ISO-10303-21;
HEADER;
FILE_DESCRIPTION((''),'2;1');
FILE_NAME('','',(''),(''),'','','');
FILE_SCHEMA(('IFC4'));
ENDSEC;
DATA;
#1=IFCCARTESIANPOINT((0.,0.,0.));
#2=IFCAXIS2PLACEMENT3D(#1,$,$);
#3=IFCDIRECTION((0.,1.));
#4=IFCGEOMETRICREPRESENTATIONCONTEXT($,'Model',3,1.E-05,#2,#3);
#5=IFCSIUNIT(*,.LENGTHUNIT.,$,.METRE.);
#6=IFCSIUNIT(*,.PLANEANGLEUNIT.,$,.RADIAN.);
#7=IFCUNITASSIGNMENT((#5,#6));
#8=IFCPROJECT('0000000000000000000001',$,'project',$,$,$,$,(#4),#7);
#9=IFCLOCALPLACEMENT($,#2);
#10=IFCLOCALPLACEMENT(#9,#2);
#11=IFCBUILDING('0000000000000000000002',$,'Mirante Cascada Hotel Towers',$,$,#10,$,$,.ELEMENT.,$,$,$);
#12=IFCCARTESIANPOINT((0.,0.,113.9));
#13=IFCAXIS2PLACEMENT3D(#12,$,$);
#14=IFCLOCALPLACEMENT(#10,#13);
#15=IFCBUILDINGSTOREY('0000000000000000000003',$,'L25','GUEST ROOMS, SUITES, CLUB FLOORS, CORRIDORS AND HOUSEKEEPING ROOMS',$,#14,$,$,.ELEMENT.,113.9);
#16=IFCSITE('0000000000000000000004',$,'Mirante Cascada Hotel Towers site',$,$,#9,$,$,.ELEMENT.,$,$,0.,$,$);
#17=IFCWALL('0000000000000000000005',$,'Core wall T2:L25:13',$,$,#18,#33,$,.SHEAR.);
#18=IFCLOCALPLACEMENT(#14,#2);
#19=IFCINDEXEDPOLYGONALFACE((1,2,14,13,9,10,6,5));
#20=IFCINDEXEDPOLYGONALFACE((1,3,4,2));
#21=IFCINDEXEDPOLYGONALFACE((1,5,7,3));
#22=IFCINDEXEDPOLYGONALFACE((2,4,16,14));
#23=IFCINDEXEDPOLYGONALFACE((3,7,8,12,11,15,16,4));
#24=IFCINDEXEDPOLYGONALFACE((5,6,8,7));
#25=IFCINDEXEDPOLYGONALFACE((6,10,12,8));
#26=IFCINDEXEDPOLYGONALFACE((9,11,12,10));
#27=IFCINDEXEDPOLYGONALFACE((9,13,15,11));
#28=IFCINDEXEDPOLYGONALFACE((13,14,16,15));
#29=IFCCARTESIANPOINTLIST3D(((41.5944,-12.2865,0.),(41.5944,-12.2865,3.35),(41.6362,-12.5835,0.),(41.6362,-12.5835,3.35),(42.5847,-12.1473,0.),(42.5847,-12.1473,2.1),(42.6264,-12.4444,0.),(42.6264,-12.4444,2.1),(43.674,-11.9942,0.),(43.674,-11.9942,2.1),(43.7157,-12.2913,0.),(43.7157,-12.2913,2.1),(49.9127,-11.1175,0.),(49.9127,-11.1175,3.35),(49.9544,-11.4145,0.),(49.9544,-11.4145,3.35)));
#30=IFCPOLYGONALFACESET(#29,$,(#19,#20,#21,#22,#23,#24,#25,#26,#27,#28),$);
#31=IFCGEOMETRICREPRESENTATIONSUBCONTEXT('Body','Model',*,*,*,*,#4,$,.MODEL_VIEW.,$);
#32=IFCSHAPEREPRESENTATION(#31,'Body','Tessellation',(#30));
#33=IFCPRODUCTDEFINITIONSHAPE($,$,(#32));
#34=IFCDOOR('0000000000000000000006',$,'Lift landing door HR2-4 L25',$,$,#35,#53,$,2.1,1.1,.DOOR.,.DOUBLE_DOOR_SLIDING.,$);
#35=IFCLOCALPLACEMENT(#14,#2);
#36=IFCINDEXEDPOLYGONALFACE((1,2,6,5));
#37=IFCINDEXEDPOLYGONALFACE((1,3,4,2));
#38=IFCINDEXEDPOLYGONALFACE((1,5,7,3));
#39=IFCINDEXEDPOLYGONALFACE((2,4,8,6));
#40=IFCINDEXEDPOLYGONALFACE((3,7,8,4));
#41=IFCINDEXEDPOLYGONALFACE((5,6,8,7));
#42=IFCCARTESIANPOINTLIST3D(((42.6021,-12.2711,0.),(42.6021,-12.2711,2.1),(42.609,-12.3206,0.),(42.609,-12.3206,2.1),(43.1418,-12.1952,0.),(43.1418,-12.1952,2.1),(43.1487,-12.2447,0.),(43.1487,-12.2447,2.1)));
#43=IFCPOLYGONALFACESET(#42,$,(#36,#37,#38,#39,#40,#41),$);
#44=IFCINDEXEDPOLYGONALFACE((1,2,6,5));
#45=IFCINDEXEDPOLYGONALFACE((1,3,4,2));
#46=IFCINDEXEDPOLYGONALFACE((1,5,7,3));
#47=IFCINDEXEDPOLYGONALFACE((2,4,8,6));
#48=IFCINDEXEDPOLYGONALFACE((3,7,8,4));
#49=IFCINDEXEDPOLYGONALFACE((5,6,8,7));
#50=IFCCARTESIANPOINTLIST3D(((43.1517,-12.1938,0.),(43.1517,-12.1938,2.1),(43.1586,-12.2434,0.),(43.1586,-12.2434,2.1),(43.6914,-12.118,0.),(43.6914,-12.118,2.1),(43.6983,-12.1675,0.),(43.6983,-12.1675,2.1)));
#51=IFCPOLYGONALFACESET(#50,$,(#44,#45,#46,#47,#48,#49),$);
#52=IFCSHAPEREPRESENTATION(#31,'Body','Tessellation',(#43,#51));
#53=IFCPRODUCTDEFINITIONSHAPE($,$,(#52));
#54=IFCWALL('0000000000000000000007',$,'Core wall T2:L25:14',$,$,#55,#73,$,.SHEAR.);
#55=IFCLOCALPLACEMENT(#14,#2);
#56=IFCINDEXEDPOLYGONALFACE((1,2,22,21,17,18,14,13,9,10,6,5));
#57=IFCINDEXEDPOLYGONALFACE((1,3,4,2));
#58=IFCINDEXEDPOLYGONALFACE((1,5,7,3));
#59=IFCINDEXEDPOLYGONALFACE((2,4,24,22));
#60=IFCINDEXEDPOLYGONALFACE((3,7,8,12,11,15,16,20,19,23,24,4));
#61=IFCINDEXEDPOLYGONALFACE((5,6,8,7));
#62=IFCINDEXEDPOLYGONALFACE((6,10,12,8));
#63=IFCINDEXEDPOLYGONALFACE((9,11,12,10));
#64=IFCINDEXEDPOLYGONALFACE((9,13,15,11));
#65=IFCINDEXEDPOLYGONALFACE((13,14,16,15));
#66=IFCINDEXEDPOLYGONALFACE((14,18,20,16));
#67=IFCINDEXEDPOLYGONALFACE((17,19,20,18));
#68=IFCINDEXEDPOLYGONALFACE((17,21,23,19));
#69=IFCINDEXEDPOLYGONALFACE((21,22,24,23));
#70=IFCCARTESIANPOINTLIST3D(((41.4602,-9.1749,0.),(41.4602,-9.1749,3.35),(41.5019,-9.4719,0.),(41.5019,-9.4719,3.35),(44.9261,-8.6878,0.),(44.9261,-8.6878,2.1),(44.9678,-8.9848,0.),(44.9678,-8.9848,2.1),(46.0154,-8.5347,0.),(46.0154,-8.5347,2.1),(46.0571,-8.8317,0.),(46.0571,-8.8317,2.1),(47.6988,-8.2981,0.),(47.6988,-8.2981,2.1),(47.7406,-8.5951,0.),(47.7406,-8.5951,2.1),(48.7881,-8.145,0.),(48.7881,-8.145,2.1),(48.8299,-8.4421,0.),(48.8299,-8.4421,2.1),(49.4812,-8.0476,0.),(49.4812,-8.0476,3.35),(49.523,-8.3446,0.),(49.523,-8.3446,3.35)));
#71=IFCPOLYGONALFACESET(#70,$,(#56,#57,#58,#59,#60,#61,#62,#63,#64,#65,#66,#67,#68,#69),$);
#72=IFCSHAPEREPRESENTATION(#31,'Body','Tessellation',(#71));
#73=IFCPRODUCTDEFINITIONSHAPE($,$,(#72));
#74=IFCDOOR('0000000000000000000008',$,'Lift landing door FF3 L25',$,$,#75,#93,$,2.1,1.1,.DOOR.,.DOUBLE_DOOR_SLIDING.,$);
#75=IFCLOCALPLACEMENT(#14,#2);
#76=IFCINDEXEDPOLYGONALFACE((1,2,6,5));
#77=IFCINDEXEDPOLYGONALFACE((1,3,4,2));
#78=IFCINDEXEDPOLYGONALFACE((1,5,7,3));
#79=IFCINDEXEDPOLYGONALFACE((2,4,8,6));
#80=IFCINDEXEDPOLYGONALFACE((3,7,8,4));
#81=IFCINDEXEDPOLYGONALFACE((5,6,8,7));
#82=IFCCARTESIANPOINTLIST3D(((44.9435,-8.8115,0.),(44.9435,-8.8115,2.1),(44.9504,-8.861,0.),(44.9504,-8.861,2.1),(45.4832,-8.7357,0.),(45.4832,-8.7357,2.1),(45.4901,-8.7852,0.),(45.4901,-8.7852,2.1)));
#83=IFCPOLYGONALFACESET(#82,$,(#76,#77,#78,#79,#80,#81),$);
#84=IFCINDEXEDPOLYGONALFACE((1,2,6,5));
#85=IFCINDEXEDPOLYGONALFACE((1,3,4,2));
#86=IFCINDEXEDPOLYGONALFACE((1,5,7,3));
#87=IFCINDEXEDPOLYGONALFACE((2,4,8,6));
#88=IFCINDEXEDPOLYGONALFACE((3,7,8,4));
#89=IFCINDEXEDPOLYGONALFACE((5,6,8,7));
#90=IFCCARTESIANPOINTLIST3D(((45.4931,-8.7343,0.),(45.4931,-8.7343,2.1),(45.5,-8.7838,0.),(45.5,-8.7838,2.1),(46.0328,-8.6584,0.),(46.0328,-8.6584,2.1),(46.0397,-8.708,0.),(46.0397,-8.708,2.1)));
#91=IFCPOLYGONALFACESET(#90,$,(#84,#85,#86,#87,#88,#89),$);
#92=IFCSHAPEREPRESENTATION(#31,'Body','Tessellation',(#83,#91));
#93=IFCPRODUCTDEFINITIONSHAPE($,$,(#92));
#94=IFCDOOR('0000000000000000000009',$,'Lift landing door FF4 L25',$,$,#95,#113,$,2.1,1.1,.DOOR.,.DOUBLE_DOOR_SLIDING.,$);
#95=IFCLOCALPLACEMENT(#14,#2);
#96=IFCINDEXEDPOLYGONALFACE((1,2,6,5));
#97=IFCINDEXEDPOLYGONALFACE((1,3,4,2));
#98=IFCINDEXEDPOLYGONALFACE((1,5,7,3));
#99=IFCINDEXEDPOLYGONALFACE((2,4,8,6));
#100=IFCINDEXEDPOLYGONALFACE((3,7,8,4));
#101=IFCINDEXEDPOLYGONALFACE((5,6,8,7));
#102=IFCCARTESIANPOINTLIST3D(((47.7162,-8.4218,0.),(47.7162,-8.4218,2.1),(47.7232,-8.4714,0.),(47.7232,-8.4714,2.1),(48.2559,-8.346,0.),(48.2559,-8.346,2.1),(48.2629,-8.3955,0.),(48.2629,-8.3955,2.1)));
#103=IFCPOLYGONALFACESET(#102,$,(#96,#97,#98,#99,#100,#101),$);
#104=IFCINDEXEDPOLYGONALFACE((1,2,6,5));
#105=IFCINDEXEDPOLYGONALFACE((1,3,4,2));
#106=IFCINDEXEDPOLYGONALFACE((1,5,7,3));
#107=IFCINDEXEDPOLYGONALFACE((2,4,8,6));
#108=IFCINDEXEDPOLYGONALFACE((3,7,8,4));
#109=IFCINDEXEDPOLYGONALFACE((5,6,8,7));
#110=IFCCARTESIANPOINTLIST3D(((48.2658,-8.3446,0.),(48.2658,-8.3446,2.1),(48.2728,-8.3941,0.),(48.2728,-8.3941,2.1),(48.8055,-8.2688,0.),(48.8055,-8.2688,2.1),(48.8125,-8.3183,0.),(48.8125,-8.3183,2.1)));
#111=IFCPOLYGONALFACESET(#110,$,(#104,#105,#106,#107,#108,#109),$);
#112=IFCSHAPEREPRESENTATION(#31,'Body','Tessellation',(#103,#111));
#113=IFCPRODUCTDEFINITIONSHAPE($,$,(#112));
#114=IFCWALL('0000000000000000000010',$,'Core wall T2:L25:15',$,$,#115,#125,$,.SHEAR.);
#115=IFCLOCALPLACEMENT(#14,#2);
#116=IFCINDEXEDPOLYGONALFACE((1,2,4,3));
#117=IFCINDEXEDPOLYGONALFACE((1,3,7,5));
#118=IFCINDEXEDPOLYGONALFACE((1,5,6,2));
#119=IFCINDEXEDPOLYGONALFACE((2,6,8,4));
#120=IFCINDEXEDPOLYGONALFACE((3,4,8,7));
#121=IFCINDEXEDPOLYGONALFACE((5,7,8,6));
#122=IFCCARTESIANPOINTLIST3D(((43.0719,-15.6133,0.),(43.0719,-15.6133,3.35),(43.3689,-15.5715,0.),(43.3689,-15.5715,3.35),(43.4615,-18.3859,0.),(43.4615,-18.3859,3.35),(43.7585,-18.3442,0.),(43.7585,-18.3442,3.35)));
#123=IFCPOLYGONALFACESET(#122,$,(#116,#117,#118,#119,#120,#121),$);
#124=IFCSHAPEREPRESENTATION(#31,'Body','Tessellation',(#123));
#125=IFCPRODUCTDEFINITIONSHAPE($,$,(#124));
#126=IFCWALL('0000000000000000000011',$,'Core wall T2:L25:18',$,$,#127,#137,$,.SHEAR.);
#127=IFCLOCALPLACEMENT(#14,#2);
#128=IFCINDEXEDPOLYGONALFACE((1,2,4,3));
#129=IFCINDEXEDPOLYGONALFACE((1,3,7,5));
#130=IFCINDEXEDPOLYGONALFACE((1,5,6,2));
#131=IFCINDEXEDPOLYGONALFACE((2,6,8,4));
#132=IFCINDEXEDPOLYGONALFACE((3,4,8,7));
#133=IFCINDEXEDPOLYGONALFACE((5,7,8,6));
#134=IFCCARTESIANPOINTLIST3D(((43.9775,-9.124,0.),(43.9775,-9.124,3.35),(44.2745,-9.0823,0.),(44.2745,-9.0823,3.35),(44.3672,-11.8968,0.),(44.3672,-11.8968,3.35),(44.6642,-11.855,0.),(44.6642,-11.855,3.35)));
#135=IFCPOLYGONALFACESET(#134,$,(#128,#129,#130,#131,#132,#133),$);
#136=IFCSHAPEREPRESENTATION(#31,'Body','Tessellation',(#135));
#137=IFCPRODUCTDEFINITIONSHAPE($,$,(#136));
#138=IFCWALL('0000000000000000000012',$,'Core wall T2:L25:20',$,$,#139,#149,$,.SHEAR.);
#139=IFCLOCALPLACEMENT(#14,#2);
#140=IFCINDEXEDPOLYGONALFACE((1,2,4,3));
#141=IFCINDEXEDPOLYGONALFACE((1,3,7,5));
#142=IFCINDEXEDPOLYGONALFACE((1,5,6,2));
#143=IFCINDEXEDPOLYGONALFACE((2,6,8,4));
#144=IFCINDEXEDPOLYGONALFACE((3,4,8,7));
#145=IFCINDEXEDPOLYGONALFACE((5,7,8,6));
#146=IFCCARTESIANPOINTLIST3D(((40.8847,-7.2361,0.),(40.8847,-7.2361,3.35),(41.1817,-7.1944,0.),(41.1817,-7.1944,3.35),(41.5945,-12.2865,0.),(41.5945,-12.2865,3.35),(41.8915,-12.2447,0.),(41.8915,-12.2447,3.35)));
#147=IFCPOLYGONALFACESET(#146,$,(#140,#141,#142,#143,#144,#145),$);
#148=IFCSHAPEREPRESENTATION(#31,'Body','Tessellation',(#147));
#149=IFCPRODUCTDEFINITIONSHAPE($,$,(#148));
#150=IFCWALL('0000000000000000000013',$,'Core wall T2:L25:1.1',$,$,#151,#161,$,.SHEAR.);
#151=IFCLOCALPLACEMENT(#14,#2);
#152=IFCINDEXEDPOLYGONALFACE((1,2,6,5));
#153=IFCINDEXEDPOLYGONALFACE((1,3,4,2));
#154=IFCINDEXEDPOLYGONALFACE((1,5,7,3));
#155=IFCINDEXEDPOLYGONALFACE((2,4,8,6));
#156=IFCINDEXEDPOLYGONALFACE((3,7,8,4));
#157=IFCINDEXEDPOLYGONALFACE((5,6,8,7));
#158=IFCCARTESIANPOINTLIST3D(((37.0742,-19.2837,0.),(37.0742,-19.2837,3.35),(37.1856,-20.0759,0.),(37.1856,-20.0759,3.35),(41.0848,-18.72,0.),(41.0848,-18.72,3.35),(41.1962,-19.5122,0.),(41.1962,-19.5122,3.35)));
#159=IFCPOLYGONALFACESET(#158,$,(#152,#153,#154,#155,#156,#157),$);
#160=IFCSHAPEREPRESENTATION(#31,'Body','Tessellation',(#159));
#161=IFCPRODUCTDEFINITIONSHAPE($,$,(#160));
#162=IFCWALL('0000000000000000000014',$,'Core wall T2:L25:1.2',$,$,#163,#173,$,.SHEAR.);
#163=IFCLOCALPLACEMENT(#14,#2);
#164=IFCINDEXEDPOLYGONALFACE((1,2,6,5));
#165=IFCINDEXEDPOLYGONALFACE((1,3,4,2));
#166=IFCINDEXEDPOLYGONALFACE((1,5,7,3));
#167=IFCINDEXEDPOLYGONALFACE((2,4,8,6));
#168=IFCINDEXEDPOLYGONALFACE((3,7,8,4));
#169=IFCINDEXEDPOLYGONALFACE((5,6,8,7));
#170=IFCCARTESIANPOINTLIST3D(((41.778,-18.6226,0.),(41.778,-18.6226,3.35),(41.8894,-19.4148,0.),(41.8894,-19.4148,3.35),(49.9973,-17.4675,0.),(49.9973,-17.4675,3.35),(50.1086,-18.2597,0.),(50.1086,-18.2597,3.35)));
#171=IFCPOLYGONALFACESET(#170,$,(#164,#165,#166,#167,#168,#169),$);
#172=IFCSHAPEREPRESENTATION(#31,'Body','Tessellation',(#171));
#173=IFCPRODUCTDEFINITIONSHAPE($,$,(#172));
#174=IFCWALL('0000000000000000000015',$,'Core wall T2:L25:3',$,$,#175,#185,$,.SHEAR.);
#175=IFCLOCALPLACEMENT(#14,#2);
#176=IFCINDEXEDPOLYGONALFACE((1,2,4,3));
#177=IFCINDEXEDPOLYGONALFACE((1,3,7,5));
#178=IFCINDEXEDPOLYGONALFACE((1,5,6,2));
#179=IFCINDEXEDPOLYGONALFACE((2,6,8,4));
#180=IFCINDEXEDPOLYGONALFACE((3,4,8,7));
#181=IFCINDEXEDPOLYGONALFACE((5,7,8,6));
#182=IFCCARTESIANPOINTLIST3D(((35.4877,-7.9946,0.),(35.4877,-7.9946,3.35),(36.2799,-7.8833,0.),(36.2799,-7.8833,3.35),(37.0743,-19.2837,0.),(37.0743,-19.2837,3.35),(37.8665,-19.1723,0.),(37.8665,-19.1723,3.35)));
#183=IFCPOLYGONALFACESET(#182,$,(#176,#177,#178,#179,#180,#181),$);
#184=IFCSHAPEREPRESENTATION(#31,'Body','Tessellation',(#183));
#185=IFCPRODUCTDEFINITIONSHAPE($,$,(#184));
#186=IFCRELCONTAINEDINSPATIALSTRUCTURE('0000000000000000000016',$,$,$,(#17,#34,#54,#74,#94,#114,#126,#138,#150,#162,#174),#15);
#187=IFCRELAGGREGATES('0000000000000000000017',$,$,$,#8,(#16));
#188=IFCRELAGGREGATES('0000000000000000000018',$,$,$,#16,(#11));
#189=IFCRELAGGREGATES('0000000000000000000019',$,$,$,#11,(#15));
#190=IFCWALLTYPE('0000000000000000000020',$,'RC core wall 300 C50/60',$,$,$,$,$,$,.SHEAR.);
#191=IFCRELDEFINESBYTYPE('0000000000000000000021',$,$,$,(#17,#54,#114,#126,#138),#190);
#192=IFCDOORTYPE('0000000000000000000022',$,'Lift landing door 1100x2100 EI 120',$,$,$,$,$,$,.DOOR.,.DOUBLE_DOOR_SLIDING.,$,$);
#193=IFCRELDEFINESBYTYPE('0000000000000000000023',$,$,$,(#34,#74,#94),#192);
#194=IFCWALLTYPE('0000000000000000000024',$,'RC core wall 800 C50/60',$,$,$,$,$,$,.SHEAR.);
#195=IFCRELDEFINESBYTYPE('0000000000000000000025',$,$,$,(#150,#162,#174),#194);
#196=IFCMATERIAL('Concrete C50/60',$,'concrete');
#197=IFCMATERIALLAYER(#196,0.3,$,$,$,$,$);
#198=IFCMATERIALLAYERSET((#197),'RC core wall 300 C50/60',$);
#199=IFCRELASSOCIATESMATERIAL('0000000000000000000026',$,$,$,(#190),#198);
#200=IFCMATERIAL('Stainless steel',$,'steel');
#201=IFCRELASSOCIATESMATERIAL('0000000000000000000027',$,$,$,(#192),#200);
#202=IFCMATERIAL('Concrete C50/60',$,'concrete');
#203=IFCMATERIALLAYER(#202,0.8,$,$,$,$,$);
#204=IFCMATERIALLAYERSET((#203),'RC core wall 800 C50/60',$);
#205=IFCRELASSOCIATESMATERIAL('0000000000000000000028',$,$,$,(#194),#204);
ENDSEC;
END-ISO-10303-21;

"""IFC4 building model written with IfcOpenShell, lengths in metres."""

from ifc_helpers import new_model, si_unit, direction, frame, frame_2d, origin, place, context, subcontext, project, spatial, rectangle, extrude, material, layer, layer_set, type_object, element, fill, save


model = new_model("IFC4")

# Units and contexts
model_context = context("Model", 3, precision=1e-05, world=origin(), true_north=direction((0.0, 1.0)))
body_context = subcontext(model_context, "Body", "Model", "MODEL_VIEW")
ifc_project = project(units=[si_unit("LENGTHUNIT", "METRE"), si_unit("PLANEANGLEUNIT", "RADIAN")], contexts=[model_context])

# Site, building, storey
site_placement = place(None, origin())
site = spatial("IfcSite", under=ifc_project, at=site_placement, Name="Mirante Cascada Hotel Towers site", CompositionType="ELEMENT", RefElevation=0.0)
building_placement = place(site_placement, origin())
building = spatial("IfcBuilding", under=site, at=building_placement, Name="Mirante Cascada Hotel Towers", CompositionType="ELEMENT")
storey_placement = place(building_placement, frame((0.0, 0.0, 113.9)))
storey = spatial("IfcBuildingStorey", under=building, at=storey_placement, Name="L25", Description="GUEST ROOMS, SUITES, CLUB FLOORS, CORRIDORS AND HOUSEKEEPING ROOMS", CompositionType="ELEMENT", Elevation=113.9)

# Shared definitions
ifc_material_1 = material(Name="Concrete C50/60", Category="concrete")
ifc_layer_1 = layer(ifc_material_1, 0.3)
ifc_layer_set_1 = layer_set([ifc_layer_1], Name="RC core wall 300 C50/60")
wall_type_1 = type_object("IfcWallType", Name="RC core wall 300 C50/60", PredefinedType="SHEAR", material=ifc_layer_set_1)

# Shared definitions
ifc_material_2 = material(Name="Stainless steel", Category="steel")
door_type_1 = type_object("IfcDoorType", Name="Lift landing door 1100x2100 EI 120", OperationType="DOUBLE_DOOR_SLIDING", PredefinedType="DOOR", material=ifc_material_2)

# Wall, opening, door
wall_1_placement = place(storey_placement, frame((41.6153, -12.435, 0.0), z_axis=(0.0, 0.0, 1.0), x_axis=(0.990269, 0.139166, 0.0)))
wall_1 = element("IfcWall", 1, at=wall_1_placement, inside=storey, type_object=wall_type_1, Name="Core wall T2:L25:13", PredefinedType="SHEAR", context=body_context, shape_type="SweptSolid", body=[
    extrude(rectangle(XDim=8.4, YDim=0.3, at=frame_2d((4.2, 0.0))), origin(), (0.0, 0.0, 1.0), 3.35),
])
opening_1_placement = place(wall_1_placement, frame((1.0, 0.0, 0.0)))
opening_1 = element("IfcOpeningElement", 2, at=opening_1_placement, cuts=wall_1, PredefinedType="OPENING", context=body_context, shape_type="SweptSolid", body=[
    extrude(rectangle(XDim=1.1, YDim=2.1, at=frame_2d((0.55, 1.05))), frame((0.0, 0.15, 0.0), z_axis=(0.0, -1.0, 0.0), x_axis=(1.0, 0.0, 0.0)), (0.0, 0.0, 1.0), 0.3),
])
door_1_placement = place(opening_1_placement, origin())
door_1 = element("IfcDoor", 3, at=door_1_placement, inside=storey, type_object=door_type_1, Name="Lift landing door HR2-4 L25", OperationType="DOUBLE_DOOR_SLIDING", OverallHeight=2.1, OverallWidth=1.1, PredefinedType="DOOR", context=body_context, shape_type="SweptSolid", body=[
    extrude(rectangle(XDim=0.545, YDim=2.1, at=frame_2d((0.2725, 1.05))), frame((0.0, 0.025, 0.0), z_axis=(0.0, -1.0, 0.0), x_axis=(1.0, 0.0, 0.0)), (0.0, 0.0, 1.0), 0.05),
    extrude(rectangle(XDim=0.545, YDim=2.1, at=frame_2d((0.8275, 1.05))), frame((0.0, 0.025, 0.0), z_axis=(0.0, -1.0, 0.0), x_axis=(1.0, 0.0, 0.0)), (0.0, 0.0, 1.0), 0.05),
])
fill(opening_1, door_1)

# Wall, openings, doors
wall_2_placement = place(storey_placement, frame((41.481, -9.3234, 0.0), z_axis=(0.0, 0.0, 1.0), x_axis=(0.990268, 0.139174, 0.0)))
wall_2 = element("IfcWall", 4, at=wall_2_placement, inside=storey, type_object=wall_type_1, Name="Core wall T2:L25:14", PredefinedType="SHEAR", context=body_context, shape_type="SweptSolid", body=[
    extrude(rectangle(XDim=8.0999, YDim=0.3, at=frame_2d((4.05, 0.0))), origin(), (0.0, 0.0, 1.0), 3.35),
])
opening_2_placement = place(wall_2_placement, frame((3.5, 0.0, 0.0)))
opening_2 = element("IfcOpeningElement", 5, at=opening_2_placement, cuts=wall_2, PredefinedType="OPENING", context=body_context, shape_type="SweptSolid", body=[
    extrude(rectangle(XDim=1.1, YDim=2.1, at=frame_2d((0.55, 1.05))), frame((0.0, 0.15, 0.0), z_axis=(0.0, -1.0, 0.0), x_axis=(1.0, 0.0, 0.0)), (0.0, 0.0, 1.0), 0.3),
])
opening_3_placement = place(wall_2_placement, frame((6.3, 0.0, 0.0)))
opening_3 = element("IfcOpeningElement", 6, at=opening_3_placement, cuts=wall_2, PredefinedType="OPENING", context=body_context, shape_type="SweptSolid", body=[
    extrude(rectangle(XDim=1.1, YDim=2.1, at=frame_2d((0.55, 1.05))), frame((0.0, 0.15, 0.0), z_axis=(0.0, -1.0, 0.0), x_axis=(1.0, 0.0, 0.0)), (0.0, 0.0, 1.0), 0.3),
])
door_2_placement = place(opening_2_placement, origin())
door_2 = element("IfcDoor", 7, at=door_2_placement, inside=storey, type_object=door_type_1, Name="Lift landing door FF3 L25", OperationType="DOUBLE_DOOR_SLIDING", OverallHeight=2.1, OverallWidth=1.1, PredefinedType="DOOR", context=body_context, shape_type="SweptSolid", body=[
    extrude(rectangle(XDim=0.545, YDim=2.1, at=frame_2d((0.2725, 1.05))), frame((0.0, 0.025, 0.0), z_axis=(0.0, -1.0, 0.0), x_axis=(1.0, 0.0, 0.0)), (0.0, 0.0, 1.0), 0.05),
    extrude(rectangle(XDim=0.545, YDim=2.1, at=frame_2d((0.8275, 1.05))), frame((0.0, 0.025, 0.0), z_axis=(0.0, -1.0, 0.0), x_axis=(1.0, 0.0, 0.0)), (0.0, 0.0, 1.0), 0.05),
])
fill(opening_2, door_2)
door_3_placement = place(opening_3_placement, origin())
door_3 = element("IfcDoor", 8, at=door_3_placement, inside=storey, type_object=door_type_1, Name="Lift landing door FF4 L25", OperationType="DOUBLE_DOOR_SLIDING", OverallHeight=2.1, OverallWidth=1.1, PredefinedType="DOOR", context=body_context, shape_type="SweptSolid", body=[
    extrude(rectangle(XDim=0.545, YDim=2.1, at=frame_2d((0.2725, 1.05))), frame((0.0, 0.025, 0.0), z_axis=(0.0, -1.0, 0.0), x_axis=(1.0, 0.0, 0.0)), (0.0, 0.0, 1.0), 0.05),
    extrude(rectangle(XDim=0.545, YDim=2.1, at=frame_2d((0.8275, 1.05))), frame((0.0, 0.025, 0.0), z_axis=(0.0, -1.0, 0.0), x_axis=(1.0, 0.0, 0.0)), (0.0, 0.0, 1.0), 0.05),
])
fill(opening_3, door_3)

# Walls
wall_3_placement = place(storey_placement, frame((43.61, -18.3651, 0.0), z_axis=(0.0, 0.0, 1.0), x_axis=(-0.139146, 0.990272, 0.0)))
element("IfcWall", 9, at=wall_3_placement, inside=storey, type_object=wall_type_1, Name="Core wall T2:L25:15", PredefinedType="SHEAR", context=body_context, shape_type="SweptSolid", body=[
    extrude(rectangle(XDim=2.7999, YDim=0.3, at=frame_2d((1.4, 0.0))), origin(), (0.0, 0.0, 1.0), 3.35),
])
wall_4_placement = place(storey_placement, frame((44.5157, -11.8759, 0.0), z_axis=(0.0, 0.0, 1.0), x_axis=(-0.139181, 0.990267, 0.0)))
element("IfcWall", 10, at=wall_4_placement, inside=storey, type_object=wall_type_1, Name="Core wall T2:L25:18", PredefinedType="SHEAR", context=body_context, shape_type="SweptSolid", body=[
    extrude(rectangle(XDim=2.8, YDim=0.3, at=frame_2d((1.4, 0.0))), origin(), (0.0, 0.0, 1.0), 3.35),
])
wall_5_placement = place(storey_placement, frame((41.743, -12.2656, 0.0), z_axis=(0.0, 0.0, 1.0), x_axis=(-0.139176, 0.990268, 0.0)))
element("IfcWall", 11, at=wall_5_placement, inside=storey, type_object=wall_type_1, Name="Core wall T2:L25:20", PredefinedType="SHEAR", context=body_context, shape_type="SweptSolid", body=[
    extrude(rectangle(XDim=5.1, YDim=0.3, at=frame_2d((2.55, 0.0))), origin(), (0.0, 0.0, 1.0), 3.35),
])
ifc_material_3 = material(Name="Concrete C50/60", Category="concrete")
ifc_layer_2 = layer(ifc_material_3, 0.8)
ifc_layer_set_2 = layer_set([ifc_layer_2], Name="RC core wall 800 C50/60")
wall_type_2 = type_object("IfcWallType", Name="RC core wall 800 C50/60", PredefinedType="SHEAR", material=ifc_layer_set_2)
wall_6_placement = place(storey_placement, frame((37.1299, -19.6798, 0.0), z_axis=(0.0, 0.0, 1.0), x_axis=(0.990267, 0.139184, 0.0)))
element("IfcWall", 12, at=wall_6_placement, inside=storey, type_object=wall_type_2, Name="Core wall T2:L25:1.1", PredefinedType="SHEAR", context=body_context, shape_type="SweptSolid", body=[
    extrude(rectangle(XDim=4.05, YDim=0.8, at=frame_2d((2.025, 0.0))), origin(), (0.0, 0.0, 1.0), 3.35),
])
wall_7_placement = place(storey_placement, frame((41.8337, -19.0187, 0.0), z_axis=(0.0, 0.0, 1.0), x_axis=(0.990269, 0.139169, 0.0)))
element("IfcWall", 13, at=wall_7_placement, inside=storey, type_object=wall_type_2, Name="Core wall T2:L25:1.2", PredefinedType="SHEAR", context=body_context, shape_type="SweptSolid", body=[
    extrude(rectangle(XDim=8.3, YDim=0.8, at=frame_2d((4.15, 0.0))), origin(), (0.0, 0.0, 1.0), 3.35),
])
wall_8_placement = place(storey_placement, frame((37.4704, -19.228, 0.0), z_axis=(0.0, 0.0, 1.0), x_axis=(-0.139175, 0.990268, 0.0)))
element("IfcWall", 14, at=wall_8_placement, inside=storey, type_object=wall_type_2, Name="Core wall T2:L25:3", PredefinedType="SHEAR", context=body_context, shape_type="SweptSolid", body=[
    extrude(rectangle(XDim=11.4, YDim=0.8, at=frame_2d((5.7, 0.0))), origin(), (0.0, 0.0, 1.0), 3.35),
])

save(model, "model.ifc")
